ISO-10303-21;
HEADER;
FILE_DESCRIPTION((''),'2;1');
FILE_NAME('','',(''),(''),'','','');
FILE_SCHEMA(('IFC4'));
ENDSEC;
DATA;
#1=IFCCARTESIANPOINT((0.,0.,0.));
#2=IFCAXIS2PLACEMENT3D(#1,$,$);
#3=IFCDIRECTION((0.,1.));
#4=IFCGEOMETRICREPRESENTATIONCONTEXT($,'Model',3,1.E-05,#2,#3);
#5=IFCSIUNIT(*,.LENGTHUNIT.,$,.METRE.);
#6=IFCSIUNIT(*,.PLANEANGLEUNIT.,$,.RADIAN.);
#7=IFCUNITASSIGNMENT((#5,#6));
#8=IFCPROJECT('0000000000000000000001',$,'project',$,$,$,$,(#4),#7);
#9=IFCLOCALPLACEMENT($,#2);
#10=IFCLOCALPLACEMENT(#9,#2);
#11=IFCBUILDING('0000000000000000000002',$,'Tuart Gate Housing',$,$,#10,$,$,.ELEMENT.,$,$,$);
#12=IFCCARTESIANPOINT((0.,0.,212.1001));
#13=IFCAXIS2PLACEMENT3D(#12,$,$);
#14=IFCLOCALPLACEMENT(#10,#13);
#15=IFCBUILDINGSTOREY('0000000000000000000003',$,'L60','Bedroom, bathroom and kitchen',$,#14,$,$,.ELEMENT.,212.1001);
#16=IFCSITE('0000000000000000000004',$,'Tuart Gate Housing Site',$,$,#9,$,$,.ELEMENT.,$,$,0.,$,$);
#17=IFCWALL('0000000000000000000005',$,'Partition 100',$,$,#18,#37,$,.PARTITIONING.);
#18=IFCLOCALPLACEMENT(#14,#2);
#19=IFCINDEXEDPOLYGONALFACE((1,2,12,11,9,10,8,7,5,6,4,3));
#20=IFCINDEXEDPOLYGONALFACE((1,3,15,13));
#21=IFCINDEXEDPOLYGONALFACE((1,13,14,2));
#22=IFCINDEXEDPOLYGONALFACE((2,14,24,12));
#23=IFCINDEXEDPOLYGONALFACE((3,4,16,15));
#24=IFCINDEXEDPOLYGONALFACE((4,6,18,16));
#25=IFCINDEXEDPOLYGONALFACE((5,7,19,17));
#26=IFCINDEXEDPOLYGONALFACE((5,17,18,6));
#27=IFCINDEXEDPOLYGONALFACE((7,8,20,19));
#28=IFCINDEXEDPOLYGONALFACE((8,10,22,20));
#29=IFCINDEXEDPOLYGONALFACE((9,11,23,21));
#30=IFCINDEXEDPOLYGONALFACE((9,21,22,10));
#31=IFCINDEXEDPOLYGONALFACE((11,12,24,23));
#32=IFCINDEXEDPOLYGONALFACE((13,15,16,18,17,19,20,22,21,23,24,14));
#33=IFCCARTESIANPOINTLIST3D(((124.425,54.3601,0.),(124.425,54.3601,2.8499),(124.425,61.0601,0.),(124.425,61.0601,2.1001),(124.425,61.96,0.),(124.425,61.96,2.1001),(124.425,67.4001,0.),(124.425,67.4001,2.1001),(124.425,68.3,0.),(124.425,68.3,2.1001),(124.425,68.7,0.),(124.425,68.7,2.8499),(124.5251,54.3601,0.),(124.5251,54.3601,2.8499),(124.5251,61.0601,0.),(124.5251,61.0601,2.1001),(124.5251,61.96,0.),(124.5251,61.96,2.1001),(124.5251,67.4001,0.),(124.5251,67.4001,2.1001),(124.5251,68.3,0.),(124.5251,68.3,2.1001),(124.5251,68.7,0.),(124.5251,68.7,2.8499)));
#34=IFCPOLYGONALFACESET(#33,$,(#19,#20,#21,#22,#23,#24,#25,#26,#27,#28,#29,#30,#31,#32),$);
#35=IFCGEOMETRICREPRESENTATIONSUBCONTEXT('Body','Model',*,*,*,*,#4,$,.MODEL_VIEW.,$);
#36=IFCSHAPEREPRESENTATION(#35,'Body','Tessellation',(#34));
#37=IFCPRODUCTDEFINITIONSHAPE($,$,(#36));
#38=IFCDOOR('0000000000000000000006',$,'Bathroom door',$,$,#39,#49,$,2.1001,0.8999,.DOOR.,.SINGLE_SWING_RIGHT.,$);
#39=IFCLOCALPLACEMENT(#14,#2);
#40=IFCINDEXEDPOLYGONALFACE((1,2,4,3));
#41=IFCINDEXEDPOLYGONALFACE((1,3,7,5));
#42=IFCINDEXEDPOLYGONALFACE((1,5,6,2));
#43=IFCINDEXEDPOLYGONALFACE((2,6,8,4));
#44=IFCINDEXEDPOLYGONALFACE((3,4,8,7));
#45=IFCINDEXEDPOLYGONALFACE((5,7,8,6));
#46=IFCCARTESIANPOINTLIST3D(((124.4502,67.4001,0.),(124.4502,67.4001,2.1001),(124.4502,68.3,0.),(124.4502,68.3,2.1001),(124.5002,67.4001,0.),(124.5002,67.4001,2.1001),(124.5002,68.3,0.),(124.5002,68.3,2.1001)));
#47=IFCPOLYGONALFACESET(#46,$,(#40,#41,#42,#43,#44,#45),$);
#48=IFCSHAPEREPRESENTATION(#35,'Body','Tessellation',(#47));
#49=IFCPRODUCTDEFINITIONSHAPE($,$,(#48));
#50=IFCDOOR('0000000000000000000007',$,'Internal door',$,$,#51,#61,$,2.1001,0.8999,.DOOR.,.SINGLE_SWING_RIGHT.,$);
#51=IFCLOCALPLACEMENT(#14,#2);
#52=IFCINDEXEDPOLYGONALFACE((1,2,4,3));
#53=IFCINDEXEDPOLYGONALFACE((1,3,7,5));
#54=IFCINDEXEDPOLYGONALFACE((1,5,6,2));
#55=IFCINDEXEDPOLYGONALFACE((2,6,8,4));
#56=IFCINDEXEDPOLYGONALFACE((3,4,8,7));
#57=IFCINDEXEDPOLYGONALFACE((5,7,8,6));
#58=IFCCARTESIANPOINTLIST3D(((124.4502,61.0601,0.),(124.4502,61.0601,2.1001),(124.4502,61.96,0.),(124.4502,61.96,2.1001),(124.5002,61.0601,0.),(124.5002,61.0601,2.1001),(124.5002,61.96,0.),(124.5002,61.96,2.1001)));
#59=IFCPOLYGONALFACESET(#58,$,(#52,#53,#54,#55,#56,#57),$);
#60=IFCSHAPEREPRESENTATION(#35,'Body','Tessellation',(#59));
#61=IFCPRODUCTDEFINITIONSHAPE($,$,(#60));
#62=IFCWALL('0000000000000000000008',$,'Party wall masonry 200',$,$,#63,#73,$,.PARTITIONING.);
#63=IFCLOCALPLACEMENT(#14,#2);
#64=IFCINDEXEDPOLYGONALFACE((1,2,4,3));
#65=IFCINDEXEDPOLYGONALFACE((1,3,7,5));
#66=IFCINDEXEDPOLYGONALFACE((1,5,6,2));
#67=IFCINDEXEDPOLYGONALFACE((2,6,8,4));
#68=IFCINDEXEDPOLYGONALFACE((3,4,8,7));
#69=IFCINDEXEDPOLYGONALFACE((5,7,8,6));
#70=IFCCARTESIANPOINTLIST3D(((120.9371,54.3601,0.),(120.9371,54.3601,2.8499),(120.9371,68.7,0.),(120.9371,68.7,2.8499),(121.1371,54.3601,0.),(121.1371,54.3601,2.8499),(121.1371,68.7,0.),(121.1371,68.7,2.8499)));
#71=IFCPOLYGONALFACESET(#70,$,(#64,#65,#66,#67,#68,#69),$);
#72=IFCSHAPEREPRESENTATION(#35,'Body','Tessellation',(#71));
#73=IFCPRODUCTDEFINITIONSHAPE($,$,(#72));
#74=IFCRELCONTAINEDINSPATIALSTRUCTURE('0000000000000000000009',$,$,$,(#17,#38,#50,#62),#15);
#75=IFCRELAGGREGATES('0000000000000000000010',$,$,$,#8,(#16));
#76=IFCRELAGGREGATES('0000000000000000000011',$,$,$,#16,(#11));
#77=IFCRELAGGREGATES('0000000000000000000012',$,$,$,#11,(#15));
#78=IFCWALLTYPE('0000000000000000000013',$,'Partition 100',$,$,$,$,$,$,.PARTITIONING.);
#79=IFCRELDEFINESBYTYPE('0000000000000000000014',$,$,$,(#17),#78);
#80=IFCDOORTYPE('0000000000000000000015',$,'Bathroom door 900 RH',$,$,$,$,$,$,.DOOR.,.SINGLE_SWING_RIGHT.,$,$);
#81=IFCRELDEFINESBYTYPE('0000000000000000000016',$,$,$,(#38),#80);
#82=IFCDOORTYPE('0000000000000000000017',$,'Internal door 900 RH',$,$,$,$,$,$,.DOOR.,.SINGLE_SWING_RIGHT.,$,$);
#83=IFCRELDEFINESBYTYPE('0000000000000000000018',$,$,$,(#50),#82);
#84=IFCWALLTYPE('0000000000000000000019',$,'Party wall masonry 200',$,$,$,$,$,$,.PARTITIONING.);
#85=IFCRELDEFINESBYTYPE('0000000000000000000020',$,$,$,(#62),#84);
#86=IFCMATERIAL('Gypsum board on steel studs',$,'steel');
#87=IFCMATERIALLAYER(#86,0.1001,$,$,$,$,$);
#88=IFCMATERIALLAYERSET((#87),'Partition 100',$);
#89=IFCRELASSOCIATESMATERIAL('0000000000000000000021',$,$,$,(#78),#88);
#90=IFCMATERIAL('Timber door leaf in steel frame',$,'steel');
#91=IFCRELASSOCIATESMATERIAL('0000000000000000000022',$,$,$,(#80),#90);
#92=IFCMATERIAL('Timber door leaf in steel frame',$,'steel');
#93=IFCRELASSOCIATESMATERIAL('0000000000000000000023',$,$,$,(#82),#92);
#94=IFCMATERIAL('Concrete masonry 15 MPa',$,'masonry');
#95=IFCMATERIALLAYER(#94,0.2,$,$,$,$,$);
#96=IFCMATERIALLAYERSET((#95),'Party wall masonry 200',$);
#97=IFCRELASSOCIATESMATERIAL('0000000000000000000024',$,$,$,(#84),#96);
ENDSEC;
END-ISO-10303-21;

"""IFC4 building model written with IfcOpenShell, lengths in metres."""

from ifc_helpers import new_model, si_unit, direction, frame, frame_2d, origin, place, context, subcontext, project, spatial, rectangle, extrude, material, layer, layer_set, type_object, element, fill, save


model = new_model("IFC4")

# Units and contexts
model_context = context("Model", 3, precision=1e-05, world=origin(), true_north=direction((0.0, 1.0)))
body_context = subcontext(model_context, "Body", "Model", "MODEL_VIEW")
ifc_project = project(units=[si_unit("LENGTHUNIT", "METRE"), si_unit("PLANEANGLEUNIT", "RADIAN")], contexts=[model_context])

# Site, building, storey
site_placement = place(None, origin())
site = spatial("IfcSite", under=ifc_project, at=site_placement, Name="Tuart Gate Housing Site", CompositionType="ELEMENT", RefElevation=0.0)
building_placement = place(site_placement, origin())
building = spatial("IfcBuilding", under=site, at=building_placement, Name="Tuart Gate Housing", CompositionType="ELEMENT")
storey_placement = place(building_placement, frame((0.0, 0.0, 212.1001)))
storey = spatial("IfcBuildingStorey", under=building, at=storey_placement, Name="L60", Description="Bedroom, bathroom and kitchen", CompositionType="ELEMENT", Elevation=212.1001)

# Shared definitions
ifc_material_1 = material(Name="Gypsum board on steel studs", Category="steel")
ifc_layer_1 = layer(ifc_material_1, 0.1001)
ifc_layer_set_1 = layer_set([ifc_layer_1], Name="Partition 100")
wall_type_1 = type_object("IfcWallType", Name="Partition 100", PredefinedType="PARTITIONING", material=ifc_layer_set_1)

# Wall, openings, doors
ifc_material_2 = material(Name="Timber door leaf in steel frame", Category="steel")
door_type_1 = type_object("IfcDoorType", Name="Bathroom door 900 RH", OperationType="SINGLE_SWING_RIGHT", PredefinedType="DOOR", material=ifc_material_2)
ifc_material_3 = material(Name="Timber door leaf in steel frame", Category="steel")
door_type_2 = type_object("IfcDoorType", Name="Internal door 900 RH", OperationType="SINGLE_SWING_RIGHT", PredefinedType="DOOR", material=ifc_material_3)
wall_1_placement = place(storey_placement, frame((124.4751, 54.3601, 0.0), z_axis=(0.0, 0.0, 1.0), x_axis=(0.0, 1.0, 0.0)))
wall_1 = element("IfcWall", 1, at=wall_1_placement, inside=storey, type_object=wall_type_1, Name="Partition 100", PredefinedType="PARTITIONING", context=body_context, shape_type="SweptSolid", body=[
    extrude(rectangle(XDim=14.3398, YDim=0.1001, at=frame_2d((7.1699, 0.0))), origin(), (0.0, 0.0, 1.0), 2.8499),
])
opening_1_placement = place(wall_1_placement, frame((6.7, 0.0, 0.0)))
opening_1 = element("IfcOpeningElement", 2, at=opening_1_placement, cuts=wall_1, PredefinedType="OPENING", context=body_context, shape_type="SweptSolid", body=[
    extrude(rectangle(XDim=0.8999, YDim=2.1001, at=frame_2d((0.45, 1.05))), frame((0.0, 0.0601, 0.0), z_axis=(0.0, -1.0, 0.0), x_axis=(1.0, 0.0, 0.0)), (0.0, 0.0, 1.0), 0.1201),
])
opening_2_placement = place(wall_1_placement, frame((13.04, 0.0, 0.0)))
opening_2 = element("IfcOpeningElement", 3, at=opening_2_placement, cuts=wall_1, PredefinedType="OPENING", context=body_context, shape_type="SweptSolid", body=[
    extrude(rectangle(XDim=0.8999, YDim=2.1001, at=frame_2d((0.45, 1.05))), frame((0.0, 0.0601, 0.0), z_axis=(0.0, -1.0, 0.0), x_axis=(1.0, 0.0, 0.0)), (0.0, 0.0, 1.0), 0.1201),
])
door_1_placement = place(opening_2_placement, origin())
door_1 = element("IfcDoor", 4, at=door_1_placement, inside=storey, type_object=door_type_1, Name="Bathroom door", OperationType="SINGLE_SWING_RIGHT", OverallHeight=2.1001, OverallWidth=0.8999, PredefinedType="DOOR", context=body_context, shape_type="SweptSolid", body=[
    extrude(rectangle(XDim=0.8999, YDim=2.1001, at=frame_2d((0.45, 1.05))), frame((0.0, 0.0249, 0.0), z_axis=(0.0, -1.0, 0.0), x_axis=(1.0, 0.0, 0.0)), (0.0, 0.0, 1.0), 0.05),
])
fill(opening_2, door_1)
door_2_placement = place(opening_1_placement, origin())
door_2 = element("IfcDoor", 5, at=door_2_placement, inside=storey, type_object=door_type_2, Name="Internal door", OperationType="SINGLE_SWING_RIGHT", OverallHeight=2.1001, OverallWidth=0.8999, PredefinedType="DOOR", context=body_context, shape_type="SweptSolid", body=[
    extrude(rectangle(XDim=0.8999, YDim=2.1001, at=frame_2d((0.45, 1.05))), frame((0.0, 0.0249, 0.0), z_axis=(0.0, -1.0, 0.0), x_axis=(1.0, 0.0, 0.0)), (0.0, 0.0, 1.0), 0.05),
])
fill(opening_1, door_2)

# Wall
ifc_material_4 = material(Name="Concrete masonry 15 MPa", Category="masonry")
ifc_layer_2 = layer(ifc_material_4, 0.2)
ifc_layer_set_2 = layer_set([ifc_layer_2], Name="Party wall masonry 200")
wall_type_2 = type_object("IfcWallType", Name="Party wall masonry 200", PredefinedType="PARTITIONING", material=ifc_layer_set_2)
wall_2_placement = place(storey_placement, frame((121.0371, 54.3601, 0.0), z_axis=(0.0, 0.0, 1.0), x_axis=(0.0, 1.0, 0.0)))
element("IfcWall", 6, at=wall_2_placement, inside=storey, type_object=wall_type_2, Name="Party wall masonry 200", PredefinedType="PARTITIONING", context=body_context, shape_type="SweptSolid", body=[
    extrude(rectangle(XDim=14.3398, YDim=0.2, at=frame_2d((7.1699, 0.0))), origin(), (0.0, 0.0, 1.0), 2.8499),
])

save(model, "model.ifc")
